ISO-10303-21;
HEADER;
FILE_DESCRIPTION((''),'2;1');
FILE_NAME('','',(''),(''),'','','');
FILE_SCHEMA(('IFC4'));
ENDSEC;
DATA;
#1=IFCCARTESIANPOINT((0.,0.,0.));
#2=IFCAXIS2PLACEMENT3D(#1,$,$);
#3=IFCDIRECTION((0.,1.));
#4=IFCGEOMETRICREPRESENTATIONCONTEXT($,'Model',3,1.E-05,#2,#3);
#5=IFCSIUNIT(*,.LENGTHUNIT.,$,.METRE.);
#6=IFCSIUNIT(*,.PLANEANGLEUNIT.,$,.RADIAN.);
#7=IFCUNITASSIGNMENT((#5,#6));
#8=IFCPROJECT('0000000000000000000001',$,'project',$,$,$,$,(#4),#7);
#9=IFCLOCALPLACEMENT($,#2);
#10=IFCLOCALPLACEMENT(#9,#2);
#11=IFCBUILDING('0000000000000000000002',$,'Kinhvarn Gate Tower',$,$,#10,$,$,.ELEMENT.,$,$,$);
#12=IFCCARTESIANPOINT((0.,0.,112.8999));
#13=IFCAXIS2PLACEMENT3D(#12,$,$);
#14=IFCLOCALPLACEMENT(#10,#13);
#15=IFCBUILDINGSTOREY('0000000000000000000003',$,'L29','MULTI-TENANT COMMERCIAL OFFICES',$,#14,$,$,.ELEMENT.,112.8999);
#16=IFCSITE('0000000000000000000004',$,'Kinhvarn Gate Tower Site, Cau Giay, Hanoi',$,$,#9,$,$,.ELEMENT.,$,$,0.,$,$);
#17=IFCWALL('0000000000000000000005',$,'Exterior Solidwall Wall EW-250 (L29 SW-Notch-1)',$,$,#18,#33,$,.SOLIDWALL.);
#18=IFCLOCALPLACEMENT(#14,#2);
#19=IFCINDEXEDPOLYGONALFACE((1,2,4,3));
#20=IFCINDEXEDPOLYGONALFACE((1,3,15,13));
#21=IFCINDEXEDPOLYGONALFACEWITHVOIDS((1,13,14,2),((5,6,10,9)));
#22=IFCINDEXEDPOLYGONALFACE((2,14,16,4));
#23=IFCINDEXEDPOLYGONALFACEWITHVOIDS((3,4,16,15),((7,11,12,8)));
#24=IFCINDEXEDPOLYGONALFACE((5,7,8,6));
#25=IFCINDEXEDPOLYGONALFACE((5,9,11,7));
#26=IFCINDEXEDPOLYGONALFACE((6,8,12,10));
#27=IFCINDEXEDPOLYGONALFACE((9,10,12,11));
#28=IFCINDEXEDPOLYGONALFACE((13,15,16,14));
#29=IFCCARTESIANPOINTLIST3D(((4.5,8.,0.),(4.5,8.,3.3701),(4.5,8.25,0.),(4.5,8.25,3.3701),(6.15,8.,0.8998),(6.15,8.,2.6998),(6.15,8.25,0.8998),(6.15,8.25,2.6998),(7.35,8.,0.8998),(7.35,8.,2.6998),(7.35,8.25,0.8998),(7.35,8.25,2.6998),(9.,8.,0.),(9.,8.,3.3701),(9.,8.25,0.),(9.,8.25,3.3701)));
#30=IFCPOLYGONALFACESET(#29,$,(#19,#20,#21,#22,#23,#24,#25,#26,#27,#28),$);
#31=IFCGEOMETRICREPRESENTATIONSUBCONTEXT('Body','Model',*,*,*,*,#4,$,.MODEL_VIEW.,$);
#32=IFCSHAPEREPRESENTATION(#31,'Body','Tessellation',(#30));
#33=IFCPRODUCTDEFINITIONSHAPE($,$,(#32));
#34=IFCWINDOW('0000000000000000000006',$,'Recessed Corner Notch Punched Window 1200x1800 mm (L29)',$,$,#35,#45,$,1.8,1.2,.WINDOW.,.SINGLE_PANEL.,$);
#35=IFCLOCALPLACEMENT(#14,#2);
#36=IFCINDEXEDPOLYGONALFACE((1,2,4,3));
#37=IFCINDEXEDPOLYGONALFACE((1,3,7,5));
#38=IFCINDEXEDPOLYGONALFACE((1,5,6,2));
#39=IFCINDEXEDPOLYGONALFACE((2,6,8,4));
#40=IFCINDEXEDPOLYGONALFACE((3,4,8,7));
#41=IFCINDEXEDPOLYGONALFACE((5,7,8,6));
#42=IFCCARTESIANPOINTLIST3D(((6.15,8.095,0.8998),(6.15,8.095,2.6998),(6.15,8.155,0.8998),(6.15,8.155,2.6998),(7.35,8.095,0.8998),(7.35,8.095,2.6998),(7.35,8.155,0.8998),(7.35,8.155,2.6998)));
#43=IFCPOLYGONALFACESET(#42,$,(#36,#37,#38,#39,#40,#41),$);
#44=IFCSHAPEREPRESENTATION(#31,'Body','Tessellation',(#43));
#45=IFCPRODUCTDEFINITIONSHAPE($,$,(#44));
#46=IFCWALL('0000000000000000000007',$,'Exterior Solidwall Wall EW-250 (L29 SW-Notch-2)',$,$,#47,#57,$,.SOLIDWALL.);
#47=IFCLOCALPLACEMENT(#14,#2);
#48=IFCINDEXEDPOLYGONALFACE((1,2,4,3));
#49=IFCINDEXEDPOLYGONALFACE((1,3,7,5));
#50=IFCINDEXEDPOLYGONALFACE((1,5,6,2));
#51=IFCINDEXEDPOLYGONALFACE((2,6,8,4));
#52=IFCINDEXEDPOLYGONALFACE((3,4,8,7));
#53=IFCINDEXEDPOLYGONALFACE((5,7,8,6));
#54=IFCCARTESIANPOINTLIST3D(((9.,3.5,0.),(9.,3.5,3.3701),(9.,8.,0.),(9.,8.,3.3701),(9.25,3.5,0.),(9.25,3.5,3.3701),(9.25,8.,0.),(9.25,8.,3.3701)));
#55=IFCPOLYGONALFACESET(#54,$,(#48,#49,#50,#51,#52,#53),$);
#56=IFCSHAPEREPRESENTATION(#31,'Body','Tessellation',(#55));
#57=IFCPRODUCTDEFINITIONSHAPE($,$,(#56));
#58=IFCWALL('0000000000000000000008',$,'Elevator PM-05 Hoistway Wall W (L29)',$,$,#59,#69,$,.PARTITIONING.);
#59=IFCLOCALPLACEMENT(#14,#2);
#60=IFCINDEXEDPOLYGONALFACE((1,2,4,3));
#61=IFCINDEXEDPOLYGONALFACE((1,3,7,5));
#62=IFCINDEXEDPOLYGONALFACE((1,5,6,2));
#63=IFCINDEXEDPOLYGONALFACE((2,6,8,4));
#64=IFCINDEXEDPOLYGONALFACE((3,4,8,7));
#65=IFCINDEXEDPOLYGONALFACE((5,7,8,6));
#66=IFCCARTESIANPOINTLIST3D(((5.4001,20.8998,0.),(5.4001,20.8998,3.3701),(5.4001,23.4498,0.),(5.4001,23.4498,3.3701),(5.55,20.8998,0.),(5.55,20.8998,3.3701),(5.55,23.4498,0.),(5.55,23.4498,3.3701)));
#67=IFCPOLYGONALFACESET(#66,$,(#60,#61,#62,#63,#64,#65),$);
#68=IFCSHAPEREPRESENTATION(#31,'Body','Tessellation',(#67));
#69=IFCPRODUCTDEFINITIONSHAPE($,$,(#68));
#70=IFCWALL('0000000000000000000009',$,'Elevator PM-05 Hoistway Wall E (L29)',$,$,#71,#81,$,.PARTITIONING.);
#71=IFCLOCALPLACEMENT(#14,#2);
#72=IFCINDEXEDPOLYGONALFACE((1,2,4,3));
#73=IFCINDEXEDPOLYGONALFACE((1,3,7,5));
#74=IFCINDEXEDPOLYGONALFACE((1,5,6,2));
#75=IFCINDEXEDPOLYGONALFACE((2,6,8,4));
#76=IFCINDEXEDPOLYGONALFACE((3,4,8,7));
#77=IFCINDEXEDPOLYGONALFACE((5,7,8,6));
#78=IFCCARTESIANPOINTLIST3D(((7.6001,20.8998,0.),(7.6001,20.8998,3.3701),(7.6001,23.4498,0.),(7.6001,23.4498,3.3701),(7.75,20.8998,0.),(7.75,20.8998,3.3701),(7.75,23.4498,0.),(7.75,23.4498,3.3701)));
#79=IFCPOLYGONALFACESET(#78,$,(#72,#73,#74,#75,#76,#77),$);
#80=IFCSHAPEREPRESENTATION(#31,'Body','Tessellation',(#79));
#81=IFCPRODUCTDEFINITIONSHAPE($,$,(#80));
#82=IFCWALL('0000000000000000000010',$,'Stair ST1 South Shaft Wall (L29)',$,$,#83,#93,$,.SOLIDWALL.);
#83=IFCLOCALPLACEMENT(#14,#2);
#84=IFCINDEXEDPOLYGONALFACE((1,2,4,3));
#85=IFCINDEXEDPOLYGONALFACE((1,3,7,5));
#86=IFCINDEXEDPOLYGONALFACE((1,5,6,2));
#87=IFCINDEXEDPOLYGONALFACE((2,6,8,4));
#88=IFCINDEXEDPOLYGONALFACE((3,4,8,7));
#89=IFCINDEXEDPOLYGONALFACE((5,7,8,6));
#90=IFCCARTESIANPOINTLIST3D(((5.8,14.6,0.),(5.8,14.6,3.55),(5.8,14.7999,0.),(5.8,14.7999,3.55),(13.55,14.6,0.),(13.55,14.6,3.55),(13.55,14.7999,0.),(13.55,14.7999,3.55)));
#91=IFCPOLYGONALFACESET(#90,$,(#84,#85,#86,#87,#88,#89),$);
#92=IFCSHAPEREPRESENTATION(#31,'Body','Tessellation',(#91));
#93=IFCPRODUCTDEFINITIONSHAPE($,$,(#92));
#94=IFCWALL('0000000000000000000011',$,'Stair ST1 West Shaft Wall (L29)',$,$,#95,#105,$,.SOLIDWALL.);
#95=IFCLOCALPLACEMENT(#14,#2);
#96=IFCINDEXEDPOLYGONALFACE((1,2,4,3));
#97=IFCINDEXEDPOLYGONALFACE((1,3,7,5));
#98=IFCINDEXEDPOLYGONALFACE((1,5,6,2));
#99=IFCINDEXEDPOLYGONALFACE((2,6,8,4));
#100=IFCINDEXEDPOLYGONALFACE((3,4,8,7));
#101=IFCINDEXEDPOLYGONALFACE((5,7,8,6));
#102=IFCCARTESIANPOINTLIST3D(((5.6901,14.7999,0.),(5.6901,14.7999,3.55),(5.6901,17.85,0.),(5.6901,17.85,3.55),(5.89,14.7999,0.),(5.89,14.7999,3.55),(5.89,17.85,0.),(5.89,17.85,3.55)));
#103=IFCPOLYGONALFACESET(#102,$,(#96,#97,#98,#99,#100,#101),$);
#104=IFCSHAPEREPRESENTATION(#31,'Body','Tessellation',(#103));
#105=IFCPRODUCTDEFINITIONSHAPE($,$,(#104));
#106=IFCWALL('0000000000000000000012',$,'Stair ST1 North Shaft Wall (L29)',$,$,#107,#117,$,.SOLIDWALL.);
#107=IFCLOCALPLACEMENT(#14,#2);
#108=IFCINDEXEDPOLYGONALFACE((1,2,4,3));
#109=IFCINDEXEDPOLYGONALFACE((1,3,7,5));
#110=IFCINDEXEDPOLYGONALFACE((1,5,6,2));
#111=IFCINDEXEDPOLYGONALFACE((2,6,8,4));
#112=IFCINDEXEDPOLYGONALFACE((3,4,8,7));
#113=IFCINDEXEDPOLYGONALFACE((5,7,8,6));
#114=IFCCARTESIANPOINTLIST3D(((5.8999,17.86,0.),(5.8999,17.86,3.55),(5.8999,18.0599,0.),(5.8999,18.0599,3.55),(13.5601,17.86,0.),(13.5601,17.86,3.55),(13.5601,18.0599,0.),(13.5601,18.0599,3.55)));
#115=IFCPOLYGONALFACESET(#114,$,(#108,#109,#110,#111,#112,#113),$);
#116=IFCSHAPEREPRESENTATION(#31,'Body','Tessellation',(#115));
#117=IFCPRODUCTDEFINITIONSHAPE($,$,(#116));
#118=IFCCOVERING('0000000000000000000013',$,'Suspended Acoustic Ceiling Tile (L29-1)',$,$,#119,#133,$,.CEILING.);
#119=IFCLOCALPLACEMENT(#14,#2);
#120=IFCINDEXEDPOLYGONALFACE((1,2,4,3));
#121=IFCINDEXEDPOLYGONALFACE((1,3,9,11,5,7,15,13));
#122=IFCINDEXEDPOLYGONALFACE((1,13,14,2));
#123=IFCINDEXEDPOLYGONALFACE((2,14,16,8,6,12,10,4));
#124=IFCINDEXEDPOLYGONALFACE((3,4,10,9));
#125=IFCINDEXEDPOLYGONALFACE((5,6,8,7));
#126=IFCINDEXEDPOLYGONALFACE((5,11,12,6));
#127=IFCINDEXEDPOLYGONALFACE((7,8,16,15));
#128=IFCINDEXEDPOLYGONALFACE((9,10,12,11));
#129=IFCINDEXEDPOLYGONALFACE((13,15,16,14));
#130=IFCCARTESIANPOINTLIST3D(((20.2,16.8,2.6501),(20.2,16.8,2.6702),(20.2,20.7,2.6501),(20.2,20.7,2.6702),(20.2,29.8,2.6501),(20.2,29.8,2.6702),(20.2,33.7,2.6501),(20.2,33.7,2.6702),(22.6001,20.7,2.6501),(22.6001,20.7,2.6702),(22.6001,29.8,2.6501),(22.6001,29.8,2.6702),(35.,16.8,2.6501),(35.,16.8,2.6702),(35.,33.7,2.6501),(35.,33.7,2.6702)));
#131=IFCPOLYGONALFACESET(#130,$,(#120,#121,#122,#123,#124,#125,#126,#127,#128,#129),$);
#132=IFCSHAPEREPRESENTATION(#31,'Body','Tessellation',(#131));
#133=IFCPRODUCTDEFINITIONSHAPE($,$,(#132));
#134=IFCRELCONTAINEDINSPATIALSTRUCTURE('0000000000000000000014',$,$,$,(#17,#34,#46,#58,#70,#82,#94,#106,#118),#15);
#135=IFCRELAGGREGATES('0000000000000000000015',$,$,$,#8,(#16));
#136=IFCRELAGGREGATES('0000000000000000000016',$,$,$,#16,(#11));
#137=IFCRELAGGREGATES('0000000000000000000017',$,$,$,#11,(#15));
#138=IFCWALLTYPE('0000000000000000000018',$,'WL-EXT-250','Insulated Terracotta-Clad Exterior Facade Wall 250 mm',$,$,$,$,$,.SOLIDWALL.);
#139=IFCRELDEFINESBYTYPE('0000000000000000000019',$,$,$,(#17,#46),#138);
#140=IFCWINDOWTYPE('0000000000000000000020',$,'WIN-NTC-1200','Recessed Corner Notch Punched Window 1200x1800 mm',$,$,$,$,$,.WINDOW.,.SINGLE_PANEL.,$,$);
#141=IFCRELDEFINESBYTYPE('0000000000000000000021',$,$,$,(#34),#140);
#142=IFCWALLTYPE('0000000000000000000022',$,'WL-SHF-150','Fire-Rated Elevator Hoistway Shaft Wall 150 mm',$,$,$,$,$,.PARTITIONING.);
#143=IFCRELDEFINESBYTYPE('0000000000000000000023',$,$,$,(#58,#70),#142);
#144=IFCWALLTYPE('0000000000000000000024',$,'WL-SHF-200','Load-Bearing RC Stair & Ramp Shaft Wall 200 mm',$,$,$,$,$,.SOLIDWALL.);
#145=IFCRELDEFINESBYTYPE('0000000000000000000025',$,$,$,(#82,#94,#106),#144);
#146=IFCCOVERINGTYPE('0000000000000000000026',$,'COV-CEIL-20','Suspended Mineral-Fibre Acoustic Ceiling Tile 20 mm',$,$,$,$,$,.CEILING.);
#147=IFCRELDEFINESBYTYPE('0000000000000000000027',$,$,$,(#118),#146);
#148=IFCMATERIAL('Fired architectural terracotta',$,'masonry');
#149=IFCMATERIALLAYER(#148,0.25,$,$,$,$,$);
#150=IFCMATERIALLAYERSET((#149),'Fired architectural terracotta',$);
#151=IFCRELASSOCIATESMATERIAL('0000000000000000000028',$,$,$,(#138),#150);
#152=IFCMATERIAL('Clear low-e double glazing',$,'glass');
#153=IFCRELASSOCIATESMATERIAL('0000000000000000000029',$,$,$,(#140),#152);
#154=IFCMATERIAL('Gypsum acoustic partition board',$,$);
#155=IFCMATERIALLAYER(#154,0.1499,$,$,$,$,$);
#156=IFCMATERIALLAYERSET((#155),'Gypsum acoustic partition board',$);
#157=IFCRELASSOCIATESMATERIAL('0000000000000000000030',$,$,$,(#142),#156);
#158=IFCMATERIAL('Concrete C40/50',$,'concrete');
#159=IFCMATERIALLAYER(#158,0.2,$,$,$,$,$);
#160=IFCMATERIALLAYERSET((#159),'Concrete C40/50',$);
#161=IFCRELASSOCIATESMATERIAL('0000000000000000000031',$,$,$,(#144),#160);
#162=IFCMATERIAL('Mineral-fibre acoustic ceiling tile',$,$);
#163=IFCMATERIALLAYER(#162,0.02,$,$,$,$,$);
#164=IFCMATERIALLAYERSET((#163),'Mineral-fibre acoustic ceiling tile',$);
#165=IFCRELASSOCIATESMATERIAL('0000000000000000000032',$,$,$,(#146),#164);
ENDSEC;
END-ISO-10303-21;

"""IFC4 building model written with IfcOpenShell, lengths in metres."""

from ifc_helpers import new_model, si_unit, direction, frame, frame_2d, origin, place, context, subcontext, project, spatial, polyline, rectangle, outline, extrude, material, layer, layer_set, type_object, element, fill, save


model = new_model("IFC4")

# Units and contexts
model_context = context("Model", 3, precision=1e-05, world=origin(), true_north=direction((0.0, 1.0)))
body_context = subcontext(model_context, "Body", "Model", "MODEL_VIEW")
ifc_project = project(units=[si_unit("LENGTHUNIT", "METRE"), si_unit("PLANEANGLEUNIT", "RADIAN")], contexts=[model_context])

# Site, building, storey
site_placement = place(None, origin())
site = spatial("IfcSite", under=ifc_project, at=site_placement, Name="Kinhvarn Gate Tower Site, Cau Giay, Hanoi", CompositionType="ELEMENT", RefElevation=0.0)
building_placement = place(site_placement, origin())
building = spatial("IfcBuilding", under=site, at=building_placement, Name="Kinhvarn Gate Tower", CompositionType="ELEMENT")
storey_placement = place(building_placement, frame((0.0, 0.0, 112.8999)))
storey = spatial("IfcBuildingStorey", under=building, at=storey_placement, Name="L29", Description="MULTI-TENANT COMMERCIAL OFFICES", CompositionType="ELEMENT", Elevation=112.8999)

# Wall, opening, window
ifc_material_1 = material(Name="Fired architectural terracotta", Category="masonry")
ifc_layer_1 = layer(ifc_material_1, 0.25)
ifc_layer_set_1 = layer_set([ifc_layer_1], Name="Fired architectural terracotta")
wall_type_1 = type_object("IfcWallType", Name="WL-EXT-250", Description="Insulated Terracotta-Clad Exterior Facade Wall 250 mm", PredefinedType="SOLIDWALL", material=ifc_layer_set_1)
ifc_material_2 = material(Name="Clear low-e double glazing", Category="glass")
wall_1_placement = place(storey_placement, frame((4.5, 8.125, 0.0), z_axis=(0.0, 0.0, 1.0), x_axis=(1.0, 0.0, 0.0)))
wall_1 = element("IfcWall", 1, at=wall_1_placement, inside=storey, type_object=wall_type_1, Name="Exterior Solidwall Wall EW-250 (L29 SW-Notch-1)", PredefinedType="SOLIDWALL", context=body_context, shape_type="SweptSolid", body=[
    extrude(rectangle(XDim=4.5, YDim=0.25, at=frame_2d((2.25, 0.0))), origin(), (0.0, 0.0, 1.0), 3.3701),
])
opening_1_placement = place(wall_1_placement, frame((1.6499, 0.0, 0.8999)))
opening_1 = element("IfcOpeningElement", 2, at=opening_1_placement, cuts=wall_1, PredefinedType="OPENING", context=body_context, shape_type="SweptSolid", body=[
    extrude(rectangle(XDim=1.2, YDim=1.8, at=frame_2d((0.6001, 0.8999))), frame((0.0, 0.135, 0.0), z_axis=(0.0, -1.0, 0.0), x_axis=(1.0, 0.0, 0.0)), (0.0, 0.0, 1.0), 0.27),
])
window_type_1 = type_object("IfcWindowType", Name="WIN-NTC-1200", Description="Recessed Corner Notch Punched Window 1200x1800 mm", PartitioningType="SINGLE_PANEL", PredefinedType="WINDOW", material=ifc_material_2)
window_1_placement = place(opening_1_placement, origin())
window_1 = element("IfcWindow", 3, at=window_1_placement, inside=storey, type_object=window_type_1, Name="Recessed Corner Notch Punched Window 1200x1800 mm (L29)", OverallHeight=1.8, OverallWidth=1.2, PartitioningType="SINGLE_PANEL", PredefinedType="WINDOW", context=body_context, shape_type="SweptSolid", body=[
    extrude(rectangle(XDim=1.2, YDim=1.8, at=frame_2d((0.6001, 0.8999))), frame((0.0, 0.03, 0.0), z_axis=(0.0, -1.0, 0.0), x_axis=(1.0, 0.0, 0.0)), (0.0, 0.0, 1.0), 0.0601),
])
fill(opening_1, window_1)

# Walls
wall_2_placement = place(storey_placement, frame((9.125, 8.0, 0.0), z_axis=(0.0, 0.0, 1.0), x_axis=(0.0, -1.0, 0.0)))
element("IfcWall", 4, at=wall_2_placement, inside=storey, type_object=wall_type_1, Name="Exterior Solidwall Wall EW-250 (L29 SW-Notch-2)", PredefinedType="SOLIDWALL", context=body_context, shape_type="SweptSolid", body=[
    extrude(rectangle(XDim=4.5, YDim=0.25, at=frame_2d((2.25, 0.0))), origin(), (0.0, 0.0, 1.0), 3.3701),
])
ifc_material_3 = material(Name="Gypsum acoustic partition board")
ifc_layer_2 = layer(ifc_material_3, 0.1499)
ifc_layer_set_2 = layer_set([ifc_layer_2], Name="Gypsum acoustic partition board")
wall_type_2 = type_object("IfcWallType", Name="WL-SHF-150", Description="Fire-Rated Elevator Hoistway Shaft Wall 150 mm", PredefinedType="PARTITIONING", material=ifc_layer_set_2)
for number, where, z_axis, x_axis, name in (
    (5, (5.4751, 20.8999, 0.0), (0.0, 0.0, 1.0), (0.0, 1.0, 0.0), "Elevator PM-05 Hoistway Wall W (L29)"),
    (6, (7.675, 20.8999, 0.0), (0.0, 0.0, 1.0), (0.0, 1.0, 0.0), "Elevator PM-05 Hoistway Wall E (L29)"),
):
    element("IfcWall", number, at=place(storey_placement, frame(where, z_axis=z_axis, x_axis=x_axis)), inside=storey, type_object=wall_type_2, Name=name, PredefinedType="PARTITIONING", context=body_context, shape_type="SweptSolid", body=[
        extrude(rectangle(XDim=2.55, YDim=0.1499, at=frame_2d((1.2749, 0.0))), origin(), (0.0, 0.0, 1.0), 3.3701),
    ])
ifc_material_4 = material(Name="Concrete C40/50", Category="concrete")
ifc_layer_3 = layer(ifc_material_4, 0.2)
ifc_layer_set_3 = layer_set([ifc_layer_3], Name="Concrete C40/50")
wall_type_3 = type_object("IfcWallType", Name="WL-SHF-200", Description="Load-Bearing RC Stair & Ramp Shaft Wall 200 mm", PredefinedType="SOLIDWALL", material=ifc_layer_set_3)
wall_3_placement = place(storey_placement, frame((5.8, 14.7, 0.0), z_axis=(0.0, 0.0, 1.0), x_axis=(1.0, 0.0, 0.0)))
element("IfcWall", 7, at=wall_3_placement, inside=storey, type_object=wall_type_3, Name="Stair ST1 South Shaft Wall (L29)", PredefinedType="SOLIDWALL", context=body_context, shape_type="SweptSolid", body=[
    extrude(rectangle(XDim=7.75, YDim=0.2, at=frame_2d((3.875, 0.0))), origin(), (0.0, 0.0, 1.0), 3.55),
])
wall_4_placement = place(storey_placement, frame((5.79, 14.8, 0.0), z_axis=(0.0, 0.0, 1.0), x_axis=(0.0, 1.0, 0.0)))
element("IfcWall", 8, at=wall_4_placement, inside=storey, type_object=wall_type_3, Name="Stair ST1 West Shaft Wall (L29)", PredefinedType="SOLIDWALL", context=body_context, shape_type="SweptSolid", body=[
    extrude(rectangle(XDim=3.05, YDim=0.2, at=frame_2d((1.5249, 0.0))), origin(), (0.0, 0.0, 1.0), 3.55),
])
wall_5_placement = place(storey_placement, frame((5.8999, 17.96, 0.0), z_axis=(0.0, 0.0, 1.0), x_axis=(1.0, 0.0, 0.0)))
element("IfcWall", 9, at=wall_5_placement, inside=storey, type_object=wall_type_3, Name="Stair ST1 North Shaft Wall (L29)", PredefinedType="SOLIDWALL", context=body_context, shape_type="SweptSolid", body=[
    extrude(rectangle(XDim=7.6602, YDim=0.2, at=frame_2d((3.8301, 0.0))), origin(), (0.0, 0.0, 1.0), 3.55),
])

# Covering
ifc_material_5 = material(Name="Mineral-fibre acoustic ceiling tile")
ifc_layer_4 = layer(ifc_material_5, 0.02)
ifc_layer_set_4 = layer_set([ifc_layer_4], Name="Mineral-fibre acoustic ceiling tile")
covering_type = type_object("IfcCoveringType", Name="COV-CEIL-20", Description="Suspended Mineral-Fibre Acoustic Ceiling Tile 20 mm", PredefinedType="CEILING", material=ifc_layer_set_4)
covering_placement = place(storey_placement, frame((0.0, 0.0, 2.6501)))
element("IfcCovering", 10, at=covering_placement, inside=storey, type_object=covering_type, Name="Suspended Acoustic Ceiling Tile (L29-1)", PredefinedType="CEILING", context=body_context, shape_type="SweptSolid", body=[
    extrude(outline(polyline([(35.0, 33.7), (35.0, 16.8), (20.2, 16.8), (20.2, 20.7), (22.6001, 20.7), (22.6001, 29.8), (20.2, 29.8), (20.2, 33.7), (35.0, 33.7)])), origin(), (0.0, 0.0, 1.0), 0.02),
])

save(model, "model.ifc")
